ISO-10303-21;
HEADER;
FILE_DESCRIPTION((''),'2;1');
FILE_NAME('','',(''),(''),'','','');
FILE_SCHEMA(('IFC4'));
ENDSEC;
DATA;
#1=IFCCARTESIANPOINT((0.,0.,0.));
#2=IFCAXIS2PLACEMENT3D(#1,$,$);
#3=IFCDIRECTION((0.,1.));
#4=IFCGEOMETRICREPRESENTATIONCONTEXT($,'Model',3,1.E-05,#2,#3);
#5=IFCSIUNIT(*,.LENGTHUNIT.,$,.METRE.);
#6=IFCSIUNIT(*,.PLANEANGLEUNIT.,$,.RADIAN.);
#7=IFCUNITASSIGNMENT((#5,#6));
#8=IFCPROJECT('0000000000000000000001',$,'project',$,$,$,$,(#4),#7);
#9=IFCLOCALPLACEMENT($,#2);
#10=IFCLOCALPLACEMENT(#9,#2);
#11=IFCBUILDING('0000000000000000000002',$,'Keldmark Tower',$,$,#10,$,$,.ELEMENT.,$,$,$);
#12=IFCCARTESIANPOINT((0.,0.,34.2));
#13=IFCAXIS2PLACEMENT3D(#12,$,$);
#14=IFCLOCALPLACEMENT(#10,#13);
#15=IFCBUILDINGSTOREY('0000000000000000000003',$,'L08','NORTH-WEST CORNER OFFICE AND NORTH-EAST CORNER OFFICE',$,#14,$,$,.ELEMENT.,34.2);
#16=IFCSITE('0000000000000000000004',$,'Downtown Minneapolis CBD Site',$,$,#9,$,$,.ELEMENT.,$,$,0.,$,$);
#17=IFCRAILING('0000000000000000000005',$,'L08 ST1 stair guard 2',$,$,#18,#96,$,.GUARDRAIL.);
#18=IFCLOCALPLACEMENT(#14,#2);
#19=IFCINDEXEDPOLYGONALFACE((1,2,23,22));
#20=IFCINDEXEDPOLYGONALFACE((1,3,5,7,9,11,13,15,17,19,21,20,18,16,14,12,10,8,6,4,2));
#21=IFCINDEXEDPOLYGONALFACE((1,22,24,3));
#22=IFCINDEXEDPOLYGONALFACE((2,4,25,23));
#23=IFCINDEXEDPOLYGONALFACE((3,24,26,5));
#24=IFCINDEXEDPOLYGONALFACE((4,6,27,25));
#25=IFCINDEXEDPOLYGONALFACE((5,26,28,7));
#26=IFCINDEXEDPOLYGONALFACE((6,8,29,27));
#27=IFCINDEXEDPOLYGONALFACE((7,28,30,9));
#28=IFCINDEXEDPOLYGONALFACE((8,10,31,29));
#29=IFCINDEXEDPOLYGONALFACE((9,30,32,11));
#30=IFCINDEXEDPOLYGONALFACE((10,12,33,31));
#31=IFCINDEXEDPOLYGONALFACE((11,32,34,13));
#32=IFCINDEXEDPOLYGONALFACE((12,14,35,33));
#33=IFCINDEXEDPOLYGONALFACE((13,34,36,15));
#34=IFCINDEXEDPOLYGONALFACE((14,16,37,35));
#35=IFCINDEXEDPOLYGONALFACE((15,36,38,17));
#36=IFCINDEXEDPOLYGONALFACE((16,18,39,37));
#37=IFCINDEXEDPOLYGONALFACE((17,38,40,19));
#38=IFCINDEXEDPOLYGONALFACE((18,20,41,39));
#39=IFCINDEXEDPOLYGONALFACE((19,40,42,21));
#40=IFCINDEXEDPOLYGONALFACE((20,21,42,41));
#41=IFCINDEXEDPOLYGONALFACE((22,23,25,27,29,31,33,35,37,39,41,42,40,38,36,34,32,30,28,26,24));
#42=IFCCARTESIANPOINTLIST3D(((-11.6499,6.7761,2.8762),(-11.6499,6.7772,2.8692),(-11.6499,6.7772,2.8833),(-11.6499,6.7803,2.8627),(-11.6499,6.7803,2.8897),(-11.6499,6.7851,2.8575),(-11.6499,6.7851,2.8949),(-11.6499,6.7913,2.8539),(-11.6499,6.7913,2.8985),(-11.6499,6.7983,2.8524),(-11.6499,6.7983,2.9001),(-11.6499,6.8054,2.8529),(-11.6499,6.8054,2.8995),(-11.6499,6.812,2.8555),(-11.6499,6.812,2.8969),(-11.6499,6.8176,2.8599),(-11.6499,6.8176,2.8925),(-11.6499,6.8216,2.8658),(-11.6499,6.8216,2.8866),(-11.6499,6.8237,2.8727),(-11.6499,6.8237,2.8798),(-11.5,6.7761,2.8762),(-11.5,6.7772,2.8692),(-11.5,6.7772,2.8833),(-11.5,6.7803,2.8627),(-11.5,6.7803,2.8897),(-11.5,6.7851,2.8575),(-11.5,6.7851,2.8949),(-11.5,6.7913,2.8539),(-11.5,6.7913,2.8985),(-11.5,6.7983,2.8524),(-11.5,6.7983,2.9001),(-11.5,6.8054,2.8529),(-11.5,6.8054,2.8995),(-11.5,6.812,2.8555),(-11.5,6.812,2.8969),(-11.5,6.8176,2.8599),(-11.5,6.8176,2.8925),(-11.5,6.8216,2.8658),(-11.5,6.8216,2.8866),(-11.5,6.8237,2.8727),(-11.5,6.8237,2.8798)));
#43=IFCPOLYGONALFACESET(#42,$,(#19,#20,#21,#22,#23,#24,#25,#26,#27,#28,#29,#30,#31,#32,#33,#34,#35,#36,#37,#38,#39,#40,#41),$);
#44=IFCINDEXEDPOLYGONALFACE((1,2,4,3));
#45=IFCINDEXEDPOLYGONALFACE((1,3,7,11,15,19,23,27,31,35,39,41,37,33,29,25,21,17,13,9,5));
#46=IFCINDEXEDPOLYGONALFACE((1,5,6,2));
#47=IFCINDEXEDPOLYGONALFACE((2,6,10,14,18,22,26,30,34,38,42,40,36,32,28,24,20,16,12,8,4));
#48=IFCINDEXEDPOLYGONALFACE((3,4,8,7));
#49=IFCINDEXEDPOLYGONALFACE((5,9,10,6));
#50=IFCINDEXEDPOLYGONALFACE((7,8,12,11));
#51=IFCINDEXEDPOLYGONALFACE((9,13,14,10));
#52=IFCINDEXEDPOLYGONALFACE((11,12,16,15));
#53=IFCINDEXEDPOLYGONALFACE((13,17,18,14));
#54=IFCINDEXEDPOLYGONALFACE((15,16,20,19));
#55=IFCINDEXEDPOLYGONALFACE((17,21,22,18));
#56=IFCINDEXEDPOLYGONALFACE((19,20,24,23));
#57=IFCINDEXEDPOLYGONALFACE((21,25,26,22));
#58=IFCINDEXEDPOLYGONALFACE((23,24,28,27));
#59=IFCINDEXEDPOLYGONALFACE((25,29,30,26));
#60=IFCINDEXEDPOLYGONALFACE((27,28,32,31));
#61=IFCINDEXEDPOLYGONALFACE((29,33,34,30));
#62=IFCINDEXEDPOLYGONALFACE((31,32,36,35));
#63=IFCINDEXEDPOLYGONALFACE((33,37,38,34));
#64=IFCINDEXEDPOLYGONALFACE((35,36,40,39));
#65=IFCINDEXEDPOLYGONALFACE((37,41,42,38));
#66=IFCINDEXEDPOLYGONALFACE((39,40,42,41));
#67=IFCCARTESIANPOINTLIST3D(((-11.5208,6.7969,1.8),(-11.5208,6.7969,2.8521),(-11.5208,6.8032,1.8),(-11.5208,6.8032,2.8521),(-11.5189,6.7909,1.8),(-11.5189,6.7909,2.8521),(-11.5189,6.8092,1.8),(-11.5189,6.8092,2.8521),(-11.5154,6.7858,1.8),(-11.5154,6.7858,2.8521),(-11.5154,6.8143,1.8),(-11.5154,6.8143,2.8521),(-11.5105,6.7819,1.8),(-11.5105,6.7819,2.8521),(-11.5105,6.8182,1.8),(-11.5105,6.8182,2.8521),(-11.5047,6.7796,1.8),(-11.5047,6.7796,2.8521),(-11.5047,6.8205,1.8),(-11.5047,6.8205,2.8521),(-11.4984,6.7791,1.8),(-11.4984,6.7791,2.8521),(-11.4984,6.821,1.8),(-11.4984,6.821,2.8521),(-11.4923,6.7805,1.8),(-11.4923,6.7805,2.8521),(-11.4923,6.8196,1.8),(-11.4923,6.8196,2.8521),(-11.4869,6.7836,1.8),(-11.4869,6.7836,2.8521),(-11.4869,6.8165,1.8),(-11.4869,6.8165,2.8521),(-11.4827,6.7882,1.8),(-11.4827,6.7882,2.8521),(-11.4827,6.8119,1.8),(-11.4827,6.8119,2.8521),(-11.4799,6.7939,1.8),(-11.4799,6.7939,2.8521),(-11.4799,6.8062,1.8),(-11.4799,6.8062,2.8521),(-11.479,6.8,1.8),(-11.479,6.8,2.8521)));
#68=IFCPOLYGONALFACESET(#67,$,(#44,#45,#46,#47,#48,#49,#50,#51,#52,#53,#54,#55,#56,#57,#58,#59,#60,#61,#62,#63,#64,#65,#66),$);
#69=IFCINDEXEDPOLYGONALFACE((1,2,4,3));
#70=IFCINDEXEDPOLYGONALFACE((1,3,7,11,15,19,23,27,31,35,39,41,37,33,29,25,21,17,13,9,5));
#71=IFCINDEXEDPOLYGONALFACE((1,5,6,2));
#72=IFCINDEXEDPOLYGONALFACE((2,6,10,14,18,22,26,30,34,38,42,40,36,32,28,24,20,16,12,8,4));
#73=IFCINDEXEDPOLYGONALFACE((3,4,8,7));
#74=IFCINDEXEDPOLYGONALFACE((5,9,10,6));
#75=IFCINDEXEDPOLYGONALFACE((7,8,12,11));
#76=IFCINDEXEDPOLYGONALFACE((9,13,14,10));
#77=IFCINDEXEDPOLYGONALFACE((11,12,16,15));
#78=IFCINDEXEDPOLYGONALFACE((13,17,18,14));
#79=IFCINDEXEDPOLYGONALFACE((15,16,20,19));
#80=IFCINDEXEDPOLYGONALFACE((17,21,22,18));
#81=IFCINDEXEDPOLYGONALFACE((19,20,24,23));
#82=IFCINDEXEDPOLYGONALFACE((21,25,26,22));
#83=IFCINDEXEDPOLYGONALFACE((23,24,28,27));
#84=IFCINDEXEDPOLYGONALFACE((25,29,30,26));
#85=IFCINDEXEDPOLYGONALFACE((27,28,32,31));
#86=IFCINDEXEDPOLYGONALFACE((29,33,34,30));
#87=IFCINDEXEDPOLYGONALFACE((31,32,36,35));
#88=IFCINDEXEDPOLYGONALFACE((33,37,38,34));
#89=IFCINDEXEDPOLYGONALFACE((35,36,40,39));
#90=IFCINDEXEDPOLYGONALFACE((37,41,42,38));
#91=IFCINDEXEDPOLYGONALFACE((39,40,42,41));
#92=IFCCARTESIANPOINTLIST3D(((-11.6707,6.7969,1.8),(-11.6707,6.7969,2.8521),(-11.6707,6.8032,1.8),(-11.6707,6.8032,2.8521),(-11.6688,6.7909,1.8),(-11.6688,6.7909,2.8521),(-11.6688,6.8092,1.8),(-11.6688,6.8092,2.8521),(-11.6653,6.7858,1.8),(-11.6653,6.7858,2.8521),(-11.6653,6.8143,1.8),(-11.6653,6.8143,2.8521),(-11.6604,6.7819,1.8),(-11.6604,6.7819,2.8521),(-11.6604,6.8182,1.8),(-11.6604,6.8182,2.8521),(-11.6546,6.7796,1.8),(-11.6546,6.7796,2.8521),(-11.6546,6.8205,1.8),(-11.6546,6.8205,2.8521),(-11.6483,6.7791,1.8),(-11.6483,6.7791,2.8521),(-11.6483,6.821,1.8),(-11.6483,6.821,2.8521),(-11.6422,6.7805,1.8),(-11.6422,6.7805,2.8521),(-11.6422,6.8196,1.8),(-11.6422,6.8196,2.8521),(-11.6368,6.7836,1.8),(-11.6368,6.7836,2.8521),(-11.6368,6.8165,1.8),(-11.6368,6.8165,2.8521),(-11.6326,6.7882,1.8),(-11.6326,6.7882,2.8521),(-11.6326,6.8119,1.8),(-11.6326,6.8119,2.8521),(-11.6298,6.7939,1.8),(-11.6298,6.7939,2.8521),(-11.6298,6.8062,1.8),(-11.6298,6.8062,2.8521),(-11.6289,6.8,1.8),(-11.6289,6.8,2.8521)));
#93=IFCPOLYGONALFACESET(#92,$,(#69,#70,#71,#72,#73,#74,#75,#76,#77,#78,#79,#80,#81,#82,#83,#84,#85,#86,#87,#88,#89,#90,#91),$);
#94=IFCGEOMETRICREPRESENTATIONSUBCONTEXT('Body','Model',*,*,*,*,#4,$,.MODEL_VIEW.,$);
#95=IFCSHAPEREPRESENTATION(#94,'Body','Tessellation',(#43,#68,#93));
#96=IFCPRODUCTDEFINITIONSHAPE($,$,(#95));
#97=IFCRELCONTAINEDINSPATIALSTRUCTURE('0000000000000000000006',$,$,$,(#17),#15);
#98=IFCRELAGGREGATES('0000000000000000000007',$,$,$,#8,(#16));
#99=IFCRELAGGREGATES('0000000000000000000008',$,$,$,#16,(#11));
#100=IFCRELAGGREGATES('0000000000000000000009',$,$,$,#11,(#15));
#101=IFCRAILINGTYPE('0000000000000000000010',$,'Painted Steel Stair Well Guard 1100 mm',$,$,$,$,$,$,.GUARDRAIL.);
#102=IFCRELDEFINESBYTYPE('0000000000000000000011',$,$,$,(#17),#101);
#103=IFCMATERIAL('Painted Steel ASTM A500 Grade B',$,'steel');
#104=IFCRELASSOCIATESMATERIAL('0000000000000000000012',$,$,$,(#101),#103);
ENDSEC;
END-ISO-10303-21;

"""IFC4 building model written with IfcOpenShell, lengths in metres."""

from ifc_helpers import new_model, si_unit, direction, frame, origin, origin_2d, place, context, subcontext, project, spatial, circle, extrude, material, type_object, element, save


model = new_model("IFC4")

# Units and contexts
model_context = context("Model", 3, precision=1e-05, world=origin(), true_north=direction((0.0, 1.0)))
body_context = subcontext(model_context, "Body", "Model", "MODEL_VIEW")
ifc_project = project(units=[si_unit("LENGTHUNIT", "METRE"), si_unit("PLANEANGLEUNIT", "RADIAN")], contexts=[model_context])

# Site, building, storey
site_placement = place(None, origin())
site = spatial("IfcSite", under=ifc_project, at=site_placement, Name="Downtown Minneapolis CBD Site", CompositionType="ELEMENT", RefElevation=0.0)
building_placement = place(site_placement, origin())
building = spatial("IfcBuilding", under=site, at=building_placement, Name="Keldmark Tower", CompositionType="ELEMENT")
storey_placement = place(building_placement, frame((0.0, 0.0, 34.2)))
storey = spatial("IfcBuildingStorey", under=building, at=storey_placement, Name="L08", Description="NORTH-WEST CORNER OFFICE AND NORTH-EAST CORNER OFFICE", CompositionType="ELEMENT", Elevation=34.2)

# Railing
ifc_material_1 = material(Name="Painted Steel ASTM A500 Grade B", Category="steel")
railing_type_1 = type_object("IfcRailingType", Name="Painted Steel Stair Well Guard 1100 mm", PredefinedType="GUARDRAIL", material=ifc_material_1)
railing_1_placement = place(storey_placement, frame((-11.5, 6.8, 1.8)))
element("IfcRailing", 1, at=railing_1_placement, inside=storey, type_object=railing_type_1, Name="L08 ST1 stair guard 2", PredefinedType="GUARDRAIL", context=body_context, shape_type="SweptSolid", body=[
    extrude(circle(Radius=0.0239, at=origin_2d()), frame((0.0, 0.0, 1.0762), z_axis=(-1.0, 0.0, 0.0), x_axis=(0.0, -1.0, 0.0)), (0.0, 0.0, 1.0), 0.1499),
    extrude(circle(Radius=0.021, at=origin_2d()), origin(), (0.0, 0.0, 1.0), 1.052),
    extrude(circle(Radius=0.021, at=origin_2d()), frame((-0.1499, 0.0, 0.0)), (0.0, 0.0, 1.0), 1.052),
])

save(model, "model.ifc")
